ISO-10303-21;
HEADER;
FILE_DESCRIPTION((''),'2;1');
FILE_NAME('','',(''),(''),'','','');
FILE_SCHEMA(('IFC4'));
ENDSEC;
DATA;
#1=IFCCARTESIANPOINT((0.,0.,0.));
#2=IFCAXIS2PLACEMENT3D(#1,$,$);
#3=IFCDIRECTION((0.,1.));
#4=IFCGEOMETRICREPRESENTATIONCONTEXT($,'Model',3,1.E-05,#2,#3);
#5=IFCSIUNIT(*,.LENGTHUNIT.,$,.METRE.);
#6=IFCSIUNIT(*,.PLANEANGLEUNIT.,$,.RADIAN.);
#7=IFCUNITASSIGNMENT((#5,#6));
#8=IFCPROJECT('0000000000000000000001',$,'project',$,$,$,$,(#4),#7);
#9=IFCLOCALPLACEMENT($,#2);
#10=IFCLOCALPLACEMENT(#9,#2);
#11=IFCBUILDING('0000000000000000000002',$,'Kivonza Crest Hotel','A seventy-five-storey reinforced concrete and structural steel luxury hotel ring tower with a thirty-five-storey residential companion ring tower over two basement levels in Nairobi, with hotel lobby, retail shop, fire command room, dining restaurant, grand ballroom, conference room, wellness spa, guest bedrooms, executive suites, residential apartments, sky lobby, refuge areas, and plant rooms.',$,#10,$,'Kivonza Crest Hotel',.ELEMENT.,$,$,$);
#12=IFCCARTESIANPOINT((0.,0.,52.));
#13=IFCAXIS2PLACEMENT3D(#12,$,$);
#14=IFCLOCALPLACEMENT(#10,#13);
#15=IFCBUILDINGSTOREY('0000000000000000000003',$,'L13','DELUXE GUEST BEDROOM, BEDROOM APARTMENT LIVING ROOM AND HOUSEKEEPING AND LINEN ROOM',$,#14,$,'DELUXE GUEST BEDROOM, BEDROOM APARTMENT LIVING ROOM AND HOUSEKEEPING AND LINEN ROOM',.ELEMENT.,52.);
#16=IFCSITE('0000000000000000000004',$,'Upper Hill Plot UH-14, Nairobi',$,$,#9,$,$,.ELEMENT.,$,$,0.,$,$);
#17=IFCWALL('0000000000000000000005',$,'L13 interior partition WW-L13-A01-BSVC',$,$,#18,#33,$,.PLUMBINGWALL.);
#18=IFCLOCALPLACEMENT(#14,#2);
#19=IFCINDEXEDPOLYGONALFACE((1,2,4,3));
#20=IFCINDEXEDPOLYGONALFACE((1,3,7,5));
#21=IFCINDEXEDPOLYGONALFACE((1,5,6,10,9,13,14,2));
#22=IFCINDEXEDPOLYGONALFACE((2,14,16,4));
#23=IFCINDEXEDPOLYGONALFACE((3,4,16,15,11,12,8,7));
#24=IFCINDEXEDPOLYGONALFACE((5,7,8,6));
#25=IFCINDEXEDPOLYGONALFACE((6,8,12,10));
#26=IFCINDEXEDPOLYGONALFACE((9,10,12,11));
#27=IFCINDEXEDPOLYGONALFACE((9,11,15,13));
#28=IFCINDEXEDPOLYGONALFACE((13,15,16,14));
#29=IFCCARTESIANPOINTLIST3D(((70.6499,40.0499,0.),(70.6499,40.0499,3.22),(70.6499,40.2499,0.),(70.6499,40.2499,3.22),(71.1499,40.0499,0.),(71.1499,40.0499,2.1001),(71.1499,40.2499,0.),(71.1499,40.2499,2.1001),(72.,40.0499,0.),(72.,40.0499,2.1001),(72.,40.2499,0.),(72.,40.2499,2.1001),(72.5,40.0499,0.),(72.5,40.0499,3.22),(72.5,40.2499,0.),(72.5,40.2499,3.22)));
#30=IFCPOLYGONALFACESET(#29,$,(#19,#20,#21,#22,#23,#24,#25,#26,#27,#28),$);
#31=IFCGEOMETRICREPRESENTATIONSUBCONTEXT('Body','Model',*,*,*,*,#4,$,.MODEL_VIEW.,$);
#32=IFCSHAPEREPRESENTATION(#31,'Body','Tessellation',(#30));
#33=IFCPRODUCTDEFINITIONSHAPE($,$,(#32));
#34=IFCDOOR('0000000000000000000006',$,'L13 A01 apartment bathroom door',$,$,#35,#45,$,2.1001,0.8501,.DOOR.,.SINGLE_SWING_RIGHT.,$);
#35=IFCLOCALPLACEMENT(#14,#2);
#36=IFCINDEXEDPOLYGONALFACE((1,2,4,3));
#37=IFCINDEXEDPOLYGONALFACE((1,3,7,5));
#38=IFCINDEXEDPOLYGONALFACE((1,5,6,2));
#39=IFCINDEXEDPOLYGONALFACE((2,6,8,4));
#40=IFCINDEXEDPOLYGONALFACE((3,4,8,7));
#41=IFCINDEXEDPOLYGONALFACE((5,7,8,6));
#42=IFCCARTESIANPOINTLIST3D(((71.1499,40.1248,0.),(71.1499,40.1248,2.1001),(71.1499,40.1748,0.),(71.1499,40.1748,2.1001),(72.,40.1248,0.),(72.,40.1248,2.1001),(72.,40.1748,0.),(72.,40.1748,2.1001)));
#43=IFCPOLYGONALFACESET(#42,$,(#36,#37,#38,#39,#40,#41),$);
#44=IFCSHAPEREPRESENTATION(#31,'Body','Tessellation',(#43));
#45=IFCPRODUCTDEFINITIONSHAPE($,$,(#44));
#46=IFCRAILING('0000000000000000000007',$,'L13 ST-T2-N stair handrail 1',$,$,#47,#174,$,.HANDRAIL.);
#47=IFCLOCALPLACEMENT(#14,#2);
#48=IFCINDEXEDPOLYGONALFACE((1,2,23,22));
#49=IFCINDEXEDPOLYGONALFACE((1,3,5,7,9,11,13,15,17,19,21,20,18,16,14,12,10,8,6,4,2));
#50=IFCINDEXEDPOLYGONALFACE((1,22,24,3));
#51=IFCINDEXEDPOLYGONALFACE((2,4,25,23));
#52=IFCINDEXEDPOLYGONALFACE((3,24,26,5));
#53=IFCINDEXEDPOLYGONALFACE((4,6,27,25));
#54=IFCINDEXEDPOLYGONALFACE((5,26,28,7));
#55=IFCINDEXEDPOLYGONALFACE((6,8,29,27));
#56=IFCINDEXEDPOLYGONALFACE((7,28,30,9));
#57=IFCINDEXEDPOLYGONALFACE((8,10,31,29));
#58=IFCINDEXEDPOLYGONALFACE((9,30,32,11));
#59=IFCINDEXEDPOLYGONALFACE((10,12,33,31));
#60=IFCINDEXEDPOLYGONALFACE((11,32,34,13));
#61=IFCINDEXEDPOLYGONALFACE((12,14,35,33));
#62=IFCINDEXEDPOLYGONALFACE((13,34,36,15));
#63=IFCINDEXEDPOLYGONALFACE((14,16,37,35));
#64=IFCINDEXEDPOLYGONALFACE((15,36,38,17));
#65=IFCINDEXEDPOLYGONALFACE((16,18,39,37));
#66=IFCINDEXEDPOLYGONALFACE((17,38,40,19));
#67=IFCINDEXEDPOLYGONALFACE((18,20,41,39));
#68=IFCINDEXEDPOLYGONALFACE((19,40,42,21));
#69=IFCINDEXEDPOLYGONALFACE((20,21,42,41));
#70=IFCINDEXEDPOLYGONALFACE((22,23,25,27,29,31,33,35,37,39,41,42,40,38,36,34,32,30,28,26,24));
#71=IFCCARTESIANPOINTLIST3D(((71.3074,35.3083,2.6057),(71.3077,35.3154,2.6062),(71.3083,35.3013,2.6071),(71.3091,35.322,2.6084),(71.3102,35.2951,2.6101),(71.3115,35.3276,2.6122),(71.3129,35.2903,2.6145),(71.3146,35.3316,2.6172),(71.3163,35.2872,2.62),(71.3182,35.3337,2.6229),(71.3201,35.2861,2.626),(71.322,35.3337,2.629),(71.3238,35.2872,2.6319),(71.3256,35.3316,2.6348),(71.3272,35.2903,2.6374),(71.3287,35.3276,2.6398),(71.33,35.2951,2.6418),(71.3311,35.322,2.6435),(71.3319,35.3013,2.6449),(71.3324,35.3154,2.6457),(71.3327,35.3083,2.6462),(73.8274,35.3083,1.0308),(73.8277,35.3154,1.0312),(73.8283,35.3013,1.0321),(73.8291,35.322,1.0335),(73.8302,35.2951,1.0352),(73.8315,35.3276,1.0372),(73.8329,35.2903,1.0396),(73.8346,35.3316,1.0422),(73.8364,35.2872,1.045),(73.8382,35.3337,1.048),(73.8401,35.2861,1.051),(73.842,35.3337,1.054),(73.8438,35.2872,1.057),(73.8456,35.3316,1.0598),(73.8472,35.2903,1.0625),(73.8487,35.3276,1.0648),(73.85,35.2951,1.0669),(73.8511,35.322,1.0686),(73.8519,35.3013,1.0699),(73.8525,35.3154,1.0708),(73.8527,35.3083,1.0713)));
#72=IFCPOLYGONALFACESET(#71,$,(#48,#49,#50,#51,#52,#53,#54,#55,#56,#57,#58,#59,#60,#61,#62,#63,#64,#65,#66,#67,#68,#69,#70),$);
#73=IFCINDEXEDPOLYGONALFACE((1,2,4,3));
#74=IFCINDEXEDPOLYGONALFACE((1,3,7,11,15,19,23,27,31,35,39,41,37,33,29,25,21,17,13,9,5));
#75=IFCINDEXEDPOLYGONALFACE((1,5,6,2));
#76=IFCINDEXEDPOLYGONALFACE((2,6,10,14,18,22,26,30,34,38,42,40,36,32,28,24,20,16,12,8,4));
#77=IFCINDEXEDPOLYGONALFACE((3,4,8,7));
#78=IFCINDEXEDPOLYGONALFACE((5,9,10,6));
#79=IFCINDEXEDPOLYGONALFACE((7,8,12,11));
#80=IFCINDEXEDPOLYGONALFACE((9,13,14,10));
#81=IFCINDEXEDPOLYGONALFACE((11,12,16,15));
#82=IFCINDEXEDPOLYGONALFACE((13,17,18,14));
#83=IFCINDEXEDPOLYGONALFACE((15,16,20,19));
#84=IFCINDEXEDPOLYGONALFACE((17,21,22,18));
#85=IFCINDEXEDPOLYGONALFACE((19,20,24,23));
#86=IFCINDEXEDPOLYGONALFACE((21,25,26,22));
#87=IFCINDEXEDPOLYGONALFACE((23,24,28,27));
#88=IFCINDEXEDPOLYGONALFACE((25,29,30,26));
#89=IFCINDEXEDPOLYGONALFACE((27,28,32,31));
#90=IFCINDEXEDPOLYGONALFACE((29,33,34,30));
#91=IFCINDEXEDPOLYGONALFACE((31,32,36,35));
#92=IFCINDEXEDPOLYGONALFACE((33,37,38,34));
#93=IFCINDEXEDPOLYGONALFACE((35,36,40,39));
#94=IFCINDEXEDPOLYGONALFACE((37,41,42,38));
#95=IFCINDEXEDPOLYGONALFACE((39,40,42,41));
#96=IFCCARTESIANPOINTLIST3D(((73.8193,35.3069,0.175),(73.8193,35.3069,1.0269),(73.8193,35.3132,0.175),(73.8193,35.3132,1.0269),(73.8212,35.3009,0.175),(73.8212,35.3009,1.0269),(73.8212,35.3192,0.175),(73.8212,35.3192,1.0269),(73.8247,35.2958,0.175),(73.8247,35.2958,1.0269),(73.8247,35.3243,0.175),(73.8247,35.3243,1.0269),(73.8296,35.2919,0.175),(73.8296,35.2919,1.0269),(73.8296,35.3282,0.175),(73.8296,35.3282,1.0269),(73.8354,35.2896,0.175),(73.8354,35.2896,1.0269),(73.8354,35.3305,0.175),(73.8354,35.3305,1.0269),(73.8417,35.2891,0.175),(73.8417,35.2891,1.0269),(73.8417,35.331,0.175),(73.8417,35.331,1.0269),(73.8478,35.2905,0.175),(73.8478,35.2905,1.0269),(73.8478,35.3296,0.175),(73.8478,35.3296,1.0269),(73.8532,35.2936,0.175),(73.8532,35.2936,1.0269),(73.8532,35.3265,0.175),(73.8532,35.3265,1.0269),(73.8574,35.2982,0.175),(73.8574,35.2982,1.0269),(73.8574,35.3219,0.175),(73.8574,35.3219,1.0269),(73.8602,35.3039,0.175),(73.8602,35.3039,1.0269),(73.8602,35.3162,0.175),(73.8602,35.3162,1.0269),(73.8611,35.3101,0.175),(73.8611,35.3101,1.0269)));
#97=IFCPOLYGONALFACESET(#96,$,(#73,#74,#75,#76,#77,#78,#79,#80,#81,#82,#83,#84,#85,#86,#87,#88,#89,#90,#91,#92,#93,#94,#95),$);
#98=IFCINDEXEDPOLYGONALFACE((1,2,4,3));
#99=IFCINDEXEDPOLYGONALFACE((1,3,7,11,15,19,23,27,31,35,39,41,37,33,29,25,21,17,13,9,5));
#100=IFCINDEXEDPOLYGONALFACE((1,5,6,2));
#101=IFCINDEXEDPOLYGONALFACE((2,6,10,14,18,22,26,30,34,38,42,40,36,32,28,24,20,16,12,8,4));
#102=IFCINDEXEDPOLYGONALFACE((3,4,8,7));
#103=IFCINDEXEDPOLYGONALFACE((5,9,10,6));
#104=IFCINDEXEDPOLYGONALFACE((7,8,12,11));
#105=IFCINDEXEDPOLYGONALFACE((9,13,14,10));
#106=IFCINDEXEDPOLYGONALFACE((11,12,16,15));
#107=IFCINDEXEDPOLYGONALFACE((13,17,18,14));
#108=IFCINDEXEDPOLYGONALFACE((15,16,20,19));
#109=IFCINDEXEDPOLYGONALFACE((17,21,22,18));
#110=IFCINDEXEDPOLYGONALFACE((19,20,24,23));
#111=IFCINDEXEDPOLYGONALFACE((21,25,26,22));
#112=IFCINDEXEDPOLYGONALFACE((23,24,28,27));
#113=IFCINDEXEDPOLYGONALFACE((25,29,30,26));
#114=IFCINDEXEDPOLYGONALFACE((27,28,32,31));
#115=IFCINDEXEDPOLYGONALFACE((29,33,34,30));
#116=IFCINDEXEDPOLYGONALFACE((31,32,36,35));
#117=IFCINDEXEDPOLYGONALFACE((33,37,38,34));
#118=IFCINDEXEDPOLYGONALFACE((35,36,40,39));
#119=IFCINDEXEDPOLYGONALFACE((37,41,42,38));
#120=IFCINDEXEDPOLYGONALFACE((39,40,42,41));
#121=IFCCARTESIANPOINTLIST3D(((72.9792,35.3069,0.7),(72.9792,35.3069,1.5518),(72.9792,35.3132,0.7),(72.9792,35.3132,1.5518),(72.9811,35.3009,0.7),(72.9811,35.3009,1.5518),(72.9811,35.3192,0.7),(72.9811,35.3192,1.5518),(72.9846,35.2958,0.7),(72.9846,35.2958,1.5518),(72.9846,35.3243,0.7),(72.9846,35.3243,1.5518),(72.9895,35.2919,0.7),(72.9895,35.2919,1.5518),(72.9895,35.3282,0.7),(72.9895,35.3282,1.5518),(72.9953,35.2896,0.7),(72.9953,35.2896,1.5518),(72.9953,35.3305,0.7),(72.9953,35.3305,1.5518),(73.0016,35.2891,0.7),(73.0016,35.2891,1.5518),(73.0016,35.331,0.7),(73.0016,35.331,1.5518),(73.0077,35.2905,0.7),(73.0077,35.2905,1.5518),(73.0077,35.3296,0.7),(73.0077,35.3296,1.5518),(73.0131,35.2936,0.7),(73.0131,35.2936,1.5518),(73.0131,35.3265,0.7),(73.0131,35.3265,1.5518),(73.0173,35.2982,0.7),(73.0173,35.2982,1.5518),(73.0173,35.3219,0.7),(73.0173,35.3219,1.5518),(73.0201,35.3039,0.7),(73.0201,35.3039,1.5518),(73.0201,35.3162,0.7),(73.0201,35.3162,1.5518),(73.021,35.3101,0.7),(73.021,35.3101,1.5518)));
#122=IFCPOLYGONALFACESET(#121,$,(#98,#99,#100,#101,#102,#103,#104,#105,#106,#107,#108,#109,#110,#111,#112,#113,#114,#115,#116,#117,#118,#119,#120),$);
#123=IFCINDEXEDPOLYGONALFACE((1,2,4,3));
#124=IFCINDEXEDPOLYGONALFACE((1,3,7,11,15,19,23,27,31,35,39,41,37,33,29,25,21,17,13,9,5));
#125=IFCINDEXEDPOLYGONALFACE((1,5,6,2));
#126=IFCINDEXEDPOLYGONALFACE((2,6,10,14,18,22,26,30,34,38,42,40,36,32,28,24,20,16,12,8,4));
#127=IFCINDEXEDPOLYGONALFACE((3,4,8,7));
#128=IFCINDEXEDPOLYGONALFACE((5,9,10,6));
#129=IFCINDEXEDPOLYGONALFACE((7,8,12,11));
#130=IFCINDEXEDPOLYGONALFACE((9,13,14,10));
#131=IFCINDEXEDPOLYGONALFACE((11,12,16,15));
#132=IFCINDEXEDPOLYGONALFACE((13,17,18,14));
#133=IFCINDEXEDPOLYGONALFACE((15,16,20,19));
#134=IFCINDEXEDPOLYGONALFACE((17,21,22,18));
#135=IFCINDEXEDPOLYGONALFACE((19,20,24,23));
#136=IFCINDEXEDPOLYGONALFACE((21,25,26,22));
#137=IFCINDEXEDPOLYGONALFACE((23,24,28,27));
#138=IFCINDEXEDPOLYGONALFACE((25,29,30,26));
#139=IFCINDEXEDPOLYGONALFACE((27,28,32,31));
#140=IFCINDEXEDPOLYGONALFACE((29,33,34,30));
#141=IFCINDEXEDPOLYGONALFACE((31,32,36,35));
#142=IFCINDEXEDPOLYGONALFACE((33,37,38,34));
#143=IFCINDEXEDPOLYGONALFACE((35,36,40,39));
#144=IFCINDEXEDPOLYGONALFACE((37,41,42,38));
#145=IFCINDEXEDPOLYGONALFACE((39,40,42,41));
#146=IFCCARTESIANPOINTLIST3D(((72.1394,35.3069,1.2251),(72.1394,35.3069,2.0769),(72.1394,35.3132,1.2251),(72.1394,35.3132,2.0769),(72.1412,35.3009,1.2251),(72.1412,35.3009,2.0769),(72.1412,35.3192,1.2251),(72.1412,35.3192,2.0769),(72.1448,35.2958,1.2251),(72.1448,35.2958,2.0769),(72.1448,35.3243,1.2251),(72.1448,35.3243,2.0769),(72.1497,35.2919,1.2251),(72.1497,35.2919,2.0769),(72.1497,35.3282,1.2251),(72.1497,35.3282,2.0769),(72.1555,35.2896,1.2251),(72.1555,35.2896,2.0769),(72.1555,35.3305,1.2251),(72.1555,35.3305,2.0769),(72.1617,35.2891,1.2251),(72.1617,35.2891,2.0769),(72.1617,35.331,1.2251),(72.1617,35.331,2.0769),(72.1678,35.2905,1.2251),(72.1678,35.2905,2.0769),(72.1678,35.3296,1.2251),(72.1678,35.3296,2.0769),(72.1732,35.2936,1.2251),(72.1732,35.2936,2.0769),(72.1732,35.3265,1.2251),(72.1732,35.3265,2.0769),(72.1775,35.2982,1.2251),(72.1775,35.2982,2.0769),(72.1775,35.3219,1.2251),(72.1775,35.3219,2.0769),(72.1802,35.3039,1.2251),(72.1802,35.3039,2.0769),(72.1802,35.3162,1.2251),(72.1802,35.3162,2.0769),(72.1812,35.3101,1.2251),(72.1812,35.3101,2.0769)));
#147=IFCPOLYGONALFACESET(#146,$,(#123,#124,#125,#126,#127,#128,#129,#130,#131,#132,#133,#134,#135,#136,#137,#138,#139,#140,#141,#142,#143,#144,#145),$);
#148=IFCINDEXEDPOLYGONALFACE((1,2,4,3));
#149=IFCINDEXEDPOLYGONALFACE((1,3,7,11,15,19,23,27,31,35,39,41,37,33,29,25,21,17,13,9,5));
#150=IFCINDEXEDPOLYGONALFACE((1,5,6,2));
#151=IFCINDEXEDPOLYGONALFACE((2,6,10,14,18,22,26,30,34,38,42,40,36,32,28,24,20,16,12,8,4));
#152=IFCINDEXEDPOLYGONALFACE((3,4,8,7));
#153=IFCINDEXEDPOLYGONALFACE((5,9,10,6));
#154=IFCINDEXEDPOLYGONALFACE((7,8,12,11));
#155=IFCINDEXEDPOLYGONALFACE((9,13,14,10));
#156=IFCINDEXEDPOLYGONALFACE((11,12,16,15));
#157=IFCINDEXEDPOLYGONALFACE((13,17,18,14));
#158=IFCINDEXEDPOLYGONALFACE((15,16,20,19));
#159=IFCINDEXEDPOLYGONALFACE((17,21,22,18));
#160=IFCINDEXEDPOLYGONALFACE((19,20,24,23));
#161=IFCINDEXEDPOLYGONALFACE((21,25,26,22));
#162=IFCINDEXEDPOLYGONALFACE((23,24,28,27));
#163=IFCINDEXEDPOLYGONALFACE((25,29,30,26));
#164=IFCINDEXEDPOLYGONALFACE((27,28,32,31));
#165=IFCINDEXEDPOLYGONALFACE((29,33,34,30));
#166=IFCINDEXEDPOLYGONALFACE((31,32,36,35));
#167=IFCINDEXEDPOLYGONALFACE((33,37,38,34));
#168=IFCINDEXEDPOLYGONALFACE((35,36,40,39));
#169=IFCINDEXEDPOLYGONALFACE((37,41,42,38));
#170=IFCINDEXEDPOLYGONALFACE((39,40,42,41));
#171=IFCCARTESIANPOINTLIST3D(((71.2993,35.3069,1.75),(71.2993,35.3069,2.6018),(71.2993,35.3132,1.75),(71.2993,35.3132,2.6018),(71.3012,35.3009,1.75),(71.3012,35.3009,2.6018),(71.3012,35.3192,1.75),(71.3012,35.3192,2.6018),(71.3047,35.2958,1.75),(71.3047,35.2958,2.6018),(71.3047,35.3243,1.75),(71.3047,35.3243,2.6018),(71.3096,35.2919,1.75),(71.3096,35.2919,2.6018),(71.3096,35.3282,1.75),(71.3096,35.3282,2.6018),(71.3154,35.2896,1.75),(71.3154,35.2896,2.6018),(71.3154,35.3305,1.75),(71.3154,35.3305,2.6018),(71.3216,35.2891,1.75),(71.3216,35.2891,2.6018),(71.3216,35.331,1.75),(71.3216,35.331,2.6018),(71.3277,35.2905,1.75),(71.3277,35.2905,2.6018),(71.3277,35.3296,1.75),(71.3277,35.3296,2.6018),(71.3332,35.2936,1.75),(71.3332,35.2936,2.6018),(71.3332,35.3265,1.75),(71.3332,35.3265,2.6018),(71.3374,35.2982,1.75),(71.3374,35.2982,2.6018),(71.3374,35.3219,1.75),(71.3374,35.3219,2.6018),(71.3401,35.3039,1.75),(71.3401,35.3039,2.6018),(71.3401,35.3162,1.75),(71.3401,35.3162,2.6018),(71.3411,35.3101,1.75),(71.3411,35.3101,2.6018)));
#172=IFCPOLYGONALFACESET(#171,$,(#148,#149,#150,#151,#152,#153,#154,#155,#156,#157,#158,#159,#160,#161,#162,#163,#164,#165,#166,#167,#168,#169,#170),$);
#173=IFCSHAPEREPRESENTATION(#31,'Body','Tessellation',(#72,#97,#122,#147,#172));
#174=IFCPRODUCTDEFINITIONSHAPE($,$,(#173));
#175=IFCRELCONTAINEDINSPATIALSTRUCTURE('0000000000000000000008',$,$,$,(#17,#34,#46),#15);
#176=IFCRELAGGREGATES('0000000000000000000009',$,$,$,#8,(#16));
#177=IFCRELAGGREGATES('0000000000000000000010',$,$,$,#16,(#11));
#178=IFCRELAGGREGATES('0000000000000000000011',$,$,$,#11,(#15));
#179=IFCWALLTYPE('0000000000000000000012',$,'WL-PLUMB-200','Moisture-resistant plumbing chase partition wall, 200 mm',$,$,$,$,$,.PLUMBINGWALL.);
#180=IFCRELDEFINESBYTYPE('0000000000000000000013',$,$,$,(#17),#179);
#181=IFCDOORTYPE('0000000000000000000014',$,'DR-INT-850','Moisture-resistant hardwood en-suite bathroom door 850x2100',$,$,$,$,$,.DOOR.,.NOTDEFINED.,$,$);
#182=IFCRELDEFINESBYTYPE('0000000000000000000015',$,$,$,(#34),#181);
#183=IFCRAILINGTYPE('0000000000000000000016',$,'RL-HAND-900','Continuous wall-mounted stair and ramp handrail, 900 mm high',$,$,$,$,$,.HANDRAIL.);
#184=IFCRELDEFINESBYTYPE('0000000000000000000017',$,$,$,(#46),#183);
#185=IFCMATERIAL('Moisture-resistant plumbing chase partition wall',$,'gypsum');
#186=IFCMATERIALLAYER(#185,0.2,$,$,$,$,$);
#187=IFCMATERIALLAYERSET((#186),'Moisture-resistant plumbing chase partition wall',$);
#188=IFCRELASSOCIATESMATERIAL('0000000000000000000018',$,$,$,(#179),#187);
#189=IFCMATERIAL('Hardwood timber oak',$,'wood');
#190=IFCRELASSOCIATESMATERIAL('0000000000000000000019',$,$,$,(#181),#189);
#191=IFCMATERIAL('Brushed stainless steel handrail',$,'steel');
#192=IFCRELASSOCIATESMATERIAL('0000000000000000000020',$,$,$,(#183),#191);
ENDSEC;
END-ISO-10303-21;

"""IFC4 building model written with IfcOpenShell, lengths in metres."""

from ifc_helpers import new_model, si_unit, direction, frame, frame_2d, origin, origin_2d, place, context, subcontext, project, spatial, rectangle, circle, extrude, material, layer, layer_set, type_object, element, fill, save


model = new_model("IFC4")

# Units and contexts
model_context = context("Model", 3, precision=1e-05, world=origin(), true_north=direction((0.0, 1.0)))
body_context = subcontext(model_context, "Body", "Model", "MODEL_VIEW")
ifc_project = project(units=[si_unit("LENGTHUNIT", "METRE"), si_unit("PLANEANGLEUNIT", "RADIAN")], contexts=[model_context])

# Site, building, storey
site_placement = place(None, origin())
site = spatial("IfcSite", under=ifc_project, at=site_placement, Name="Upper Hill Plot UH-14, Nairobi", CompositionType="ELEMENT", RefElevation=0.0)
building_placement = place(site_placement, origin())
building = spatial("IfcBuilding", under=site, at=building_placement, Name="Kivonza Crest Hotel", Description="A seventy-five-storey reinforced concrete and structural steel luxury hotel ring tower with a thirty-five-storey residential companion ring tower over two basement levels in Nairobi, with hotel lobby, retail shop, fire command room, dining restaurant, grand ballroom, conference room, wellness spa, guest bedrooms, executive suites, residential apartments, sky lobby, refuge areas, and plant rooms.", LongName="Kivonza Crest Hotel", CompositionType="ELEMENT")
storey_placement = place(building_placement, frame((0.0, 0.0, 52.0)))
storey = spatial("IfcBuildingStorey", under=building, at=storey_placement, Name="L13", Description="DELUXE GUEST BEDROOM, BEDROOM APARTMENT LIVING ROOM AND HOUSEKEEPING AND LINEN ROOM", LongName="DELUXE GUEST BEDROOM, BEDROOM APARTMENT LIVING ROOM AND HOUSEKEEPING AND LINEN ROOM", CompositionType="ELEMENT", Elevation=52.0)

# Shared definitions
ifc_material_1 = material(Name="Hardwood timber oak", Category="wood")

# Shared definitions
ifc_material_2 = material(Name="Moisture-resistant plumbing chase partition wall", Category="gypsum")
ifc_layer_1 = layer(ifc_material_2, 0.2)
ifc_layer_set_1 = layer_set([ifc_layer_1], Name="Moisture-resistant plumbing chase partition wall")
wall_type_1 = type_object("IfcWallType", Name="WL-PLUMB-200", Description="Moisture-resistant plumbing chase partition wall, 200 mm", PredefinedType="PLUMBINGWALL", material=ifc_layer_set_1)

# Wall, opening, door
wall_1_placement = place(storey_placement, frame((70.6499, 40.1499, 0.0), z_axis=(0.0, 0.0, 1.0), x_axis=(1.0, 0.0, 0.0)))
wall_1 = element("IfcWall", 1, at=wall_1_placement, inside=storey, type_object=wall_type_1, Name="L13 interior partition WW-L13-A01-BSVC", PredefinedType="PLUMBINGWALL", context=body_context, shape_type="SweptSolid", body=[
    extrude(rectangle(XDim=1.8501, YDim=0.2, at=frame_2d((0.925, 0.0))), origin(), (0.0, 0.0, 1.0), 3.22),
])
opening_1_placement = place(wall_1_placement, frame((0.5, 0.0, 0.0)))
opening_1 = element("IfcOpeningElement", 2, at=opening_1_placement, cuts=wall_1, PredefinedType="OPENING", context=body_context, shape_type="SweptSolid", body=[
    extrude(rectangle(XDim=0.8501, YDim=2.1001, at=frame_2d((0.425, 1.05))), frame((0.0, 0.1099, 0.0), z_axis=(0.0, -1.0, 0.0), x_axis=(1.0, 0.0, 0.0)), (0.0, 0.0, 1.0), 0.22),
])
door_type_1 = type_object("IfcDoorType", Name="DR-INT-850", Description="Moisture-resistant hardwood en-suite bathroom door 850x2100", OperationType="NOTDEFINED", PredefinedType="DOOR", material=ifc_material_1)
door_1_placement = place(opening_1_placement, origin())
door_1 = element("IfcDoor", 3, at=door_1_placement, inside=storey, type_object=door_type_1, Name="L13 A01 apartment bathroom door", OperationType="SINGLE_SWING_RIGHT", OverallHeight=2.1001, OverallWidth=0.8501, PredefinedType="DOOR", context=body_context, shape_type="SweptSolid", body=[
    extrude(rectangle(XDim=0.8501, YDim=2.1001, at=frame_2d((0.425, 1.05))), frame((0.0, 0.0249, 0.0), z_axis=(0.0, -1.0, 0.0), x_axis=(1.0, 0.0, 0.0)), (0.0, 0.0, 1.0), 0.05),
])
fill(opening_1, door_1)

# Railing
ifc_material_3 = material(Name="Brushed stainless steel handrail", Category="steel")
railing_type = type_object("IfcRailingType", Name="RL-HAND-900", Description="Continuous wall-mounted stair and ramp handrail, 900 mm high", PredefinedType="HANDRAIL", material=ifc_material_3)
railing_placement = place(storey_placement, frame((73.8401, 35.3101, 0.175)))
element("IfcRailing", 4, at=railing_placement, inside=storey, type_object=railing_type, Name="L13 ST-T2-N stair handrail 1", PredefinedType="HANDRAIL", context=body_context, shape_type="SweptSolid", body=[
    extrude(circle(Radius=0.0239, at=origin_2d()), frame((0.0, 0.0, 0.876), z_axis=(-0.848008, 0.0, 0.529984), x_axis=(0.0, -1.0, 0.0)), (0.0, 0.0, 1.0), 2.9717),
    extrude(circle(Radius=0.021, at=origin_2d()), origin(), (0.0, 0.0, 1.0), 0.8518),
    extrude(circle(Radius=0.021, at=origin_2d()), frame((-0.8401, 0.0, 0.5249)), (0.0, 0.0, 1.0), 0.8518),
    extrude(circle(Radius=0.021, at=origin_2d()), frame((-1.6799, 0.0, 1.05)), (0.0, 0.0, 1.0), 0.8518),
    extrude(circle(Radius=0.021, at=origin_2d()), frame((-2.52, 0.0, 1.575)), (0.0, 0.0, 1.0), 0.8518),
])

save(model, "model.ifc")
